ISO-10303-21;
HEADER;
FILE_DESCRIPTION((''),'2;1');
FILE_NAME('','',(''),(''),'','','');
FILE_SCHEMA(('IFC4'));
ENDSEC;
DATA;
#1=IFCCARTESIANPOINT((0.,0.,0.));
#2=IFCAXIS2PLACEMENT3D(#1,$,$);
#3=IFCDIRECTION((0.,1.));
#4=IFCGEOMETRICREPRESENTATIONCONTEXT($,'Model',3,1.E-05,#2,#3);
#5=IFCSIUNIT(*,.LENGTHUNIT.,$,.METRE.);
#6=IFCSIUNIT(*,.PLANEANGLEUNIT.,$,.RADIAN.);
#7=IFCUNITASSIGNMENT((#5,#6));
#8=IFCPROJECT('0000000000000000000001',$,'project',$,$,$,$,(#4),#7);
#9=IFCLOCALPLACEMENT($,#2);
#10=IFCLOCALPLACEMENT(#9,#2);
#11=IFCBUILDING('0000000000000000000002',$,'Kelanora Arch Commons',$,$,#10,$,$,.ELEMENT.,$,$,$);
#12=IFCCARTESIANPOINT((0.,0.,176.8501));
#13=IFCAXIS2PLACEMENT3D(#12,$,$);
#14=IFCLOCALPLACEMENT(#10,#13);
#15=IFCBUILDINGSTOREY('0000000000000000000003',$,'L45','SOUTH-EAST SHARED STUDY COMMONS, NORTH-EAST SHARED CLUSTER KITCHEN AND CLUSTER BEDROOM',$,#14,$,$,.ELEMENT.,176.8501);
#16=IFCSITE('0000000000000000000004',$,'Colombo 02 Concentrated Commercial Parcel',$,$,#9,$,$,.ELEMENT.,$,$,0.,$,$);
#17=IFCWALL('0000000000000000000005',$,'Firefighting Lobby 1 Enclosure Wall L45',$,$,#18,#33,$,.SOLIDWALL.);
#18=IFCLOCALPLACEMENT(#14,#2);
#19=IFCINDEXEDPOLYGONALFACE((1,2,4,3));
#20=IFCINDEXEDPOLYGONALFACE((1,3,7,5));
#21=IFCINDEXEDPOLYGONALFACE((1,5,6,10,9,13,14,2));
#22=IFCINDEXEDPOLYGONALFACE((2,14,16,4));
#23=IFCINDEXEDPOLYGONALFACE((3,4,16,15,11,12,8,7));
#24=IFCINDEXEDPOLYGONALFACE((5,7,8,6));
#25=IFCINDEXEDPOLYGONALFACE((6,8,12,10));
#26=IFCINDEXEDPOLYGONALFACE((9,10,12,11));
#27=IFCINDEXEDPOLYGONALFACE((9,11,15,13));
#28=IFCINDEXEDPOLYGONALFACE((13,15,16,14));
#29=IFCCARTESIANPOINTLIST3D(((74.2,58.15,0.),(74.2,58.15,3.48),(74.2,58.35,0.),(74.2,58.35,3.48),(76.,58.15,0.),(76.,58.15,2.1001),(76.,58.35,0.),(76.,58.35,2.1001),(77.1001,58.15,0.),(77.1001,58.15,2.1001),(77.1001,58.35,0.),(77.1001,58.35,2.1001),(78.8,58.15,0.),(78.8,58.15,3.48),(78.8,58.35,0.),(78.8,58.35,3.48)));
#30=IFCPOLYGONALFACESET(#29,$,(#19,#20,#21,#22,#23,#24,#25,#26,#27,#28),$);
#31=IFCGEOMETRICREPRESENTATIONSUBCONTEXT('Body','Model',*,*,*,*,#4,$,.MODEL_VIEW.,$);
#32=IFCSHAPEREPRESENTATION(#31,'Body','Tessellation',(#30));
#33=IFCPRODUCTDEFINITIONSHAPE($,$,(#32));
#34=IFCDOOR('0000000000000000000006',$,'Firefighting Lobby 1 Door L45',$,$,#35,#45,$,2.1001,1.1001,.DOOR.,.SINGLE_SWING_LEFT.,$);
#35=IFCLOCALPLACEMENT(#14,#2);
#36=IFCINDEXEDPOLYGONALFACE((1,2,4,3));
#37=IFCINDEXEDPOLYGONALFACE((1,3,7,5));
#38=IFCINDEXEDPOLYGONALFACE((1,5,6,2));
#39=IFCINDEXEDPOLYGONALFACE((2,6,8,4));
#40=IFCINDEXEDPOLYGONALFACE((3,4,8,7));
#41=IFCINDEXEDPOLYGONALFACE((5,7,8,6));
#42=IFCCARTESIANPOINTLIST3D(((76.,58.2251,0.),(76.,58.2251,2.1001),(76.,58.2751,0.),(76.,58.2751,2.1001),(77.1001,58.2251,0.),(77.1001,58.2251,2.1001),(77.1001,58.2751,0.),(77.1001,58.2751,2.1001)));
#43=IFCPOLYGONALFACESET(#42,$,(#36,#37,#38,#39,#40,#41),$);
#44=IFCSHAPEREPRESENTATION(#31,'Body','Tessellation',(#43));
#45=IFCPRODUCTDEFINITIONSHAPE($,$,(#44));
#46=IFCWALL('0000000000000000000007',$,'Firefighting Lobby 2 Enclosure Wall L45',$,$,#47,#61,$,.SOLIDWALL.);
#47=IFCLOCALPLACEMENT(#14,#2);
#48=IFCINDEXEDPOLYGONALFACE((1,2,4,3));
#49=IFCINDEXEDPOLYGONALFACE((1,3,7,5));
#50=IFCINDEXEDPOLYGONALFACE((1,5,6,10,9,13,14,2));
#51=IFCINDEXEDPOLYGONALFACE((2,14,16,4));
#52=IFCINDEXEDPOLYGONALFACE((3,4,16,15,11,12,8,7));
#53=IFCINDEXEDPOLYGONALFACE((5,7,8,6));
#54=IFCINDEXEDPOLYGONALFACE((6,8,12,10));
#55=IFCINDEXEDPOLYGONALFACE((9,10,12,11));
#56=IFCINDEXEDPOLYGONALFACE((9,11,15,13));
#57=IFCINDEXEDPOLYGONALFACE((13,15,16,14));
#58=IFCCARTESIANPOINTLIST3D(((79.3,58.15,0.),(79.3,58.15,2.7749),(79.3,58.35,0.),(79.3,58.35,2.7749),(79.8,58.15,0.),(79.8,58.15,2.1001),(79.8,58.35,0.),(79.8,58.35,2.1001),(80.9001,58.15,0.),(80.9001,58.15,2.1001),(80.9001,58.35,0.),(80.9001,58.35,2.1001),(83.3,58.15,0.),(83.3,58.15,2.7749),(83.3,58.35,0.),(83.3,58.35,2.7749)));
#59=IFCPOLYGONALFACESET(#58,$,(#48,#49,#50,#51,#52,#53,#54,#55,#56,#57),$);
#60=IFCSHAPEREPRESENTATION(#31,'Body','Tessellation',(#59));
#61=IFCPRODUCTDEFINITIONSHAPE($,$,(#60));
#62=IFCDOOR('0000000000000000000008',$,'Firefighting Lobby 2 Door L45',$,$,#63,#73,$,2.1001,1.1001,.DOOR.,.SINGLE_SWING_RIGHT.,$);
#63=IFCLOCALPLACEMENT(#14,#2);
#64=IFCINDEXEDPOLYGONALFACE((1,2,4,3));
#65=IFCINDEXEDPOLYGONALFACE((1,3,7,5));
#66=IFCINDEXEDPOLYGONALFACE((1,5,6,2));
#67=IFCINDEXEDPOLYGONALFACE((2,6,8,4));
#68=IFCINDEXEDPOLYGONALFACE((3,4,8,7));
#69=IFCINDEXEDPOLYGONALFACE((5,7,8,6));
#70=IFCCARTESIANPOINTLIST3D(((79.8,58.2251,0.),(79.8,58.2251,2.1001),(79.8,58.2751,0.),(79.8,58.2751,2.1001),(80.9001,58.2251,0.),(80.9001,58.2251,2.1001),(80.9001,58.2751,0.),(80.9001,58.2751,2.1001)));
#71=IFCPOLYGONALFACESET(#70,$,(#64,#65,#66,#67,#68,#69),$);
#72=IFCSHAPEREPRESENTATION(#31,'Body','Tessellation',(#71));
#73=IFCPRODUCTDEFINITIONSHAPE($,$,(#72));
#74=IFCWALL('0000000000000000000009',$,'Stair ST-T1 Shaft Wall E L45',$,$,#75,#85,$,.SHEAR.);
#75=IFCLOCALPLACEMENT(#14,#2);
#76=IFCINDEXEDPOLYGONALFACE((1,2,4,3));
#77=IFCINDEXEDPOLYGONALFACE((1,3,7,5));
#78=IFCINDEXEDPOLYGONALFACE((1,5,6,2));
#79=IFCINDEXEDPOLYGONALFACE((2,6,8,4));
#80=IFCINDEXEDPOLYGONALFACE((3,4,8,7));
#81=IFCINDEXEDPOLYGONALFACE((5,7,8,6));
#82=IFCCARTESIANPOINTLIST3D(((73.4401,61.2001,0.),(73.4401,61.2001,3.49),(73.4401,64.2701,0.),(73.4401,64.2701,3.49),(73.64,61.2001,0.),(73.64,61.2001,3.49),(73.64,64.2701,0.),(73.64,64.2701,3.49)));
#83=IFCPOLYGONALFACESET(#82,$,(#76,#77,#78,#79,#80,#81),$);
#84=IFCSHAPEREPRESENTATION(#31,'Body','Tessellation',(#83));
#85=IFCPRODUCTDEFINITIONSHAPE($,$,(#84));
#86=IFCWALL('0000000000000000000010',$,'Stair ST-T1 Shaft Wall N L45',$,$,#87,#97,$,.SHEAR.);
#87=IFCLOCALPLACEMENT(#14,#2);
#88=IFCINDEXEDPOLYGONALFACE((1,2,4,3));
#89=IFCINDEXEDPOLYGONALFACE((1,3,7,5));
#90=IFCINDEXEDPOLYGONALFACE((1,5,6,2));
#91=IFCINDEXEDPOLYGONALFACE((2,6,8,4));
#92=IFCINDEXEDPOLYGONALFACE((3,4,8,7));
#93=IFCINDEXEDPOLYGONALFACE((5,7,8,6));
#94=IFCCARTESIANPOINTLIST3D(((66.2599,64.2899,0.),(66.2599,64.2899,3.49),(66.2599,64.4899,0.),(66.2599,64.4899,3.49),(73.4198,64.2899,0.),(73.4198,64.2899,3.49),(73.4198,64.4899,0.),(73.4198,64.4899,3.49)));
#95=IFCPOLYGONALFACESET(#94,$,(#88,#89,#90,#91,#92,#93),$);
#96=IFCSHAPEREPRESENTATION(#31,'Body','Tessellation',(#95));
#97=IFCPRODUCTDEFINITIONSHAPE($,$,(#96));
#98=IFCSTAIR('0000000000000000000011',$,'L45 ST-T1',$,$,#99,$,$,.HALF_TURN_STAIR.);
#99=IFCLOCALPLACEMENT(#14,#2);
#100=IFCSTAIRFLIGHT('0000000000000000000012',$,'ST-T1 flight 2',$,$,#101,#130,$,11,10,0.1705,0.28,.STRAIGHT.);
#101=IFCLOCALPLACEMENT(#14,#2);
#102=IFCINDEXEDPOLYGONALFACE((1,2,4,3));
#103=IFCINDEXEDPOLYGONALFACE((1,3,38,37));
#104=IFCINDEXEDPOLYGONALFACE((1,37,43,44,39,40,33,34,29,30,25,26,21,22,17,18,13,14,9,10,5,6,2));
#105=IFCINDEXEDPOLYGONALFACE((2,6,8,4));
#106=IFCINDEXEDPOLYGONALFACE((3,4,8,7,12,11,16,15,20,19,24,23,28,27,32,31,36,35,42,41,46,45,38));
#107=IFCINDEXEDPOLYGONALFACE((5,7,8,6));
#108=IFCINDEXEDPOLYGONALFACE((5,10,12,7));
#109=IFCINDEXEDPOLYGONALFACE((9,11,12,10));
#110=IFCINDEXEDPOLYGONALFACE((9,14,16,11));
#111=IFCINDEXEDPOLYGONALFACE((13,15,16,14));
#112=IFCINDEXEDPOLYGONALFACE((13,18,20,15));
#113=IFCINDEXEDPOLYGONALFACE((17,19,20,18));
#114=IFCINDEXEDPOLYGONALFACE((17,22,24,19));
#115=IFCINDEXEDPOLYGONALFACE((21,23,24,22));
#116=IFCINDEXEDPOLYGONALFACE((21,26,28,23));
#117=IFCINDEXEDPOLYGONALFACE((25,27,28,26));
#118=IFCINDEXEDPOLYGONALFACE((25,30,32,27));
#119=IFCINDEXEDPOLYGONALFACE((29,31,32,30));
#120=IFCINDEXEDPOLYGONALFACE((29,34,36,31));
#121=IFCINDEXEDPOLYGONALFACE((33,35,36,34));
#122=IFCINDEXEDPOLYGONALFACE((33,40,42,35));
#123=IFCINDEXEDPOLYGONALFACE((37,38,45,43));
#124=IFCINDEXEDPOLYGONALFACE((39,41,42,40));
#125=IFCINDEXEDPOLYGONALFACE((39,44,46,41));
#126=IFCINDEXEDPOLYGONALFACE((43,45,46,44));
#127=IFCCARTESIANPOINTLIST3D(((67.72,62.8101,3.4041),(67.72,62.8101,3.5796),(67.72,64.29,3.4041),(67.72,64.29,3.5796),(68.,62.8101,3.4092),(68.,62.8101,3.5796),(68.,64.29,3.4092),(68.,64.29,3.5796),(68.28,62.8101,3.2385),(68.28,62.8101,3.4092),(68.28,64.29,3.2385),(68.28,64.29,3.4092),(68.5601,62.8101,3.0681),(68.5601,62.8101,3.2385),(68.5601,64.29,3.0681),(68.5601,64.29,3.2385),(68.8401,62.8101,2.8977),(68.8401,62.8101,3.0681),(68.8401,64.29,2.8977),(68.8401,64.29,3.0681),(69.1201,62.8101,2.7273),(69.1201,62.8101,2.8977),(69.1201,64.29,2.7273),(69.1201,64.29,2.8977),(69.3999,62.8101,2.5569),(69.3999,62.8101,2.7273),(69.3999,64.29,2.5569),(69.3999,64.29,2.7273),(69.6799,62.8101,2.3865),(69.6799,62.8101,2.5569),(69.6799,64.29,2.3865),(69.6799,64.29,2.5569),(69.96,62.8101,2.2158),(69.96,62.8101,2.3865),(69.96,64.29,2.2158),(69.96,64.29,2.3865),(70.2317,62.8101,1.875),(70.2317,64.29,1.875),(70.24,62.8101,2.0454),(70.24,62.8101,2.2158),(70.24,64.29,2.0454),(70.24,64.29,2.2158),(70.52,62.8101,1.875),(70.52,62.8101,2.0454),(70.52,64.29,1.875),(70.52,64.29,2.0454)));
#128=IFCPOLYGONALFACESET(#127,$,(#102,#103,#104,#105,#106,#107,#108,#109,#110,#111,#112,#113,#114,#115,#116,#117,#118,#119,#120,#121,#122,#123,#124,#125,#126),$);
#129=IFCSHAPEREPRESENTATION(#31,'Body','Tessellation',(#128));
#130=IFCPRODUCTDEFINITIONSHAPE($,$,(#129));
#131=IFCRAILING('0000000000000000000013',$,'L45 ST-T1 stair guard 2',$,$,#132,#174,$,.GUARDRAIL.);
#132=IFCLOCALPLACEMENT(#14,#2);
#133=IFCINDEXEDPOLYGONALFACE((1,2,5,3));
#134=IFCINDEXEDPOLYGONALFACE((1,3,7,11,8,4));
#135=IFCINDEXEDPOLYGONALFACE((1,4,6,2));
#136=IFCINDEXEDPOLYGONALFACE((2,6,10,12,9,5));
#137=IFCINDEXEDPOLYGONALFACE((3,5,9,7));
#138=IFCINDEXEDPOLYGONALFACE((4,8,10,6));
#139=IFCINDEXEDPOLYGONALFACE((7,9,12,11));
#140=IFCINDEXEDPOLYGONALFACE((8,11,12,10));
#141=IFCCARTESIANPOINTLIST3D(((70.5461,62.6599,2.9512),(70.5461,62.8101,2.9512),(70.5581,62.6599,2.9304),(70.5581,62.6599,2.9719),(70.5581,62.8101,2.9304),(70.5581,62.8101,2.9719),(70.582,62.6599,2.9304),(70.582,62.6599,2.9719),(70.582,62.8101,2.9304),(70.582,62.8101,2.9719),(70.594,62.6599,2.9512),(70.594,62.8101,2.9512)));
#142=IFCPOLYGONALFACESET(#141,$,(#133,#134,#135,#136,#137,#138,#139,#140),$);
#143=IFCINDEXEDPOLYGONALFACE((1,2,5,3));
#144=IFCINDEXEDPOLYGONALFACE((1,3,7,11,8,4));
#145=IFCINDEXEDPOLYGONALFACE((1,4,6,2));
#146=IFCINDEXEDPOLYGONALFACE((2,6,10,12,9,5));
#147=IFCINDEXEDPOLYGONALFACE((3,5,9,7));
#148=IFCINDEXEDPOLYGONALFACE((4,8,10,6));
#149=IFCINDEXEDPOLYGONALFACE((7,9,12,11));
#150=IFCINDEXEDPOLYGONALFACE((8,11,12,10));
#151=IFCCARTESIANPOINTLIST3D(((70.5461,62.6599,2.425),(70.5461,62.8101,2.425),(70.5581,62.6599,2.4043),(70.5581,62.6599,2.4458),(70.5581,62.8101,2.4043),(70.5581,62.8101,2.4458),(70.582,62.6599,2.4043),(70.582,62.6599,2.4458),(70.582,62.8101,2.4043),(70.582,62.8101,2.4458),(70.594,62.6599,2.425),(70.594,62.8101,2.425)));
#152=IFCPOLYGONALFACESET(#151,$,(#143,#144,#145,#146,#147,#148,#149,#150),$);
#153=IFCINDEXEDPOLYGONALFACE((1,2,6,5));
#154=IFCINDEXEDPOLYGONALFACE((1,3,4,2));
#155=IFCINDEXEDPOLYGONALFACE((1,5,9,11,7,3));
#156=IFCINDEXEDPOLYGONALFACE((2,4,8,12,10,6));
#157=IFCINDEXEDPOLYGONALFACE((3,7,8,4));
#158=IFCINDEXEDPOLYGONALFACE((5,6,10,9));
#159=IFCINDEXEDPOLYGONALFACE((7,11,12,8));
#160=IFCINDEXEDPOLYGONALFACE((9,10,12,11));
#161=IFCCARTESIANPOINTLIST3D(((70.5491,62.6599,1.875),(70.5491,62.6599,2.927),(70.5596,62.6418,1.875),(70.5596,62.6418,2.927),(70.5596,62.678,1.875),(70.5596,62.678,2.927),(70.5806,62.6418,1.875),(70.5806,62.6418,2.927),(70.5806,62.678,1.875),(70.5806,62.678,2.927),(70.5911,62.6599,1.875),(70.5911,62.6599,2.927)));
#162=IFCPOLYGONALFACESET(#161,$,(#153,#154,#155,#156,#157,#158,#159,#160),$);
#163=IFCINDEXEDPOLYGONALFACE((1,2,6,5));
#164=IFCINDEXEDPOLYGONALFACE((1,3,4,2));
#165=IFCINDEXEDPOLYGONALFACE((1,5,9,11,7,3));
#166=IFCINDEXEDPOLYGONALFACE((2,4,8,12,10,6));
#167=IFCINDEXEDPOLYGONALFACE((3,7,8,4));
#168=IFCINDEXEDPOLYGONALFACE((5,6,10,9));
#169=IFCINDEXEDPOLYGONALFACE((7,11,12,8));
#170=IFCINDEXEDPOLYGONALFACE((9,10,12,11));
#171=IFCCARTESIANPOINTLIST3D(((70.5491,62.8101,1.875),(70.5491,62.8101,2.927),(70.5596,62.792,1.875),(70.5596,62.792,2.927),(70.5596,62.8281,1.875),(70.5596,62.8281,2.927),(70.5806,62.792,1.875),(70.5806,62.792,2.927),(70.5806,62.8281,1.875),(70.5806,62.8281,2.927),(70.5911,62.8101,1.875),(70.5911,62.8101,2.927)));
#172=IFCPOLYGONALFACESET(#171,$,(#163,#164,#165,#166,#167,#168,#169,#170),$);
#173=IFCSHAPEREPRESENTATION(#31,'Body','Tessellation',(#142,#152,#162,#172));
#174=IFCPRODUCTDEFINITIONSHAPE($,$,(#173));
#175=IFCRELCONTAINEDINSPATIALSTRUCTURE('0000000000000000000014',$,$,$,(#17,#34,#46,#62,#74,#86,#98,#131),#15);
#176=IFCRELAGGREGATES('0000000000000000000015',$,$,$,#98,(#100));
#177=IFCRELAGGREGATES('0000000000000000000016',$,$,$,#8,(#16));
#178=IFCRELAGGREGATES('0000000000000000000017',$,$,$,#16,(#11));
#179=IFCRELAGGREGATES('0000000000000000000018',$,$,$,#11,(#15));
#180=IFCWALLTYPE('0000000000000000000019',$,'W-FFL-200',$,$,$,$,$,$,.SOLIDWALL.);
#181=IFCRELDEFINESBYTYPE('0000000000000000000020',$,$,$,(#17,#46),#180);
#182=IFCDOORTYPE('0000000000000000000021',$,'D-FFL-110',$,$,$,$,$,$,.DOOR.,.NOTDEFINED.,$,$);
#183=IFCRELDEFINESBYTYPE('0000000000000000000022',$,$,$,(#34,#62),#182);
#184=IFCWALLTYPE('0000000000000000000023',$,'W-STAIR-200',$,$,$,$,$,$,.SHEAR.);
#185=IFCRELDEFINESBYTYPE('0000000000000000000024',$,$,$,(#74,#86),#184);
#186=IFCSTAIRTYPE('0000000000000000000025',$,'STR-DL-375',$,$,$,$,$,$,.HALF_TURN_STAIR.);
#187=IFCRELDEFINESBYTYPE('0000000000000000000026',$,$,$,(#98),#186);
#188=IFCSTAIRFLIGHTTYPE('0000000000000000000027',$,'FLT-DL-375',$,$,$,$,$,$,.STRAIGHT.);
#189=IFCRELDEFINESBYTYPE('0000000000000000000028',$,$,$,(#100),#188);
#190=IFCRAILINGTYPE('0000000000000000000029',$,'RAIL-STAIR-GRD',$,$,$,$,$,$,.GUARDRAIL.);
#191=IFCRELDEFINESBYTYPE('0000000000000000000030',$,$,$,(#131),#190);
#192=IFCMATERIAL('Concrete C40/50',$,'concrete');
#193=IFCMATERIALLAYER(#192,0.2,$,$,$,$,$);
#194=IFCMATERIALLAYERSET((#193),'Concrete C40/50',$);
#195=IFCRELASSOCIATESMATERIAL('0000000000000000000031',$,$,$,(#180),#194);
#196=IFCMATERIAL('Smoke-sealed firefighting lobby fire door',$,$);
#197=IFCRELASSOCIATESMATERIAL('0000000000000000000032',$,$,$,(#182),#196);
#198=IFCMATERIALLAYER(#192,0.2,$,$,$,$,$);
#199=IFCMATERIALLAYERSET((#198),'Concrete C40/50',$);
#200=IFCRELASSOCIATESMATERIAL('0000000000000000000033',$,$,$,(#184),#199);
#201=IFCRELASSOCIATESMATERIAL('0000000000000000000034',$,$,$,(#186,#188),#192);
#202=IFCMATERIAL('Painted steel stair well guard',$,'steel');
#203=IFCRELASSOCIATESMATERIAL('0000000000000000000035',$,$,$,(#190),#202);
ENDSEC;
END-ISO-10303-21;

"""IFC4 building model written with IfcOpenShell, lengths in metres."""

from ifc_helpers import new_model, si_unit, direction, frame, frame_2d, origin, place, context, subcontext, project, spatial, polyline, rectangle, outline, extrude, material, layer, layer_set, type_object, element, fill, aggregate, save


model = new_model("IFC4")

# Units and contexts
model_context = context("Model", 3, precision=1e-05, world=origin(), true_north=direction((0.0, 1.0)))
body_context = subcontext(model_context, "Body", "Model", "MODEL_VIEW")
ifc_project = project(units=[si_unit("LENGTHUNIT", "METRE"), si_unit("PLANEANGLEUNIT", "RADIAN")], contexts=[model_context])

# Site, building, storey
site_placement = place(None, origin())
site = spatial("IfcSite", under=ifc_project, at=site_placement, Name="Colombo 02 Concentrated Commercial Parcel", CompositionType="ELEMENT", RefElevation=0.0)
building_placement = place(site_placement, origin())
building = spatial("IfcBuilding", under=site, at=building_placement, Name="Kelanora Arch Commons", CompositionType="ELEMENT")
storey_placement = place(building_placement, frame((0.0, 0.0, 176.8501)))
storey = spatial("IfcBuildingStorey", under=building, at=storey_placement, Name="L45", Description="SOUTH-EAST SHARED STUDY COMMONS, NORTH-EAST SHARED CLUSTER KITCHEN AND CLUSTER BEDROOM", CompositionType="ELEMENT", Elevation=176.8501)

# Walls, openings, doors
ifc_material_1 = material(Name="Concrete C40/50", Category="concrete")
ifc_layer_1 = layer(ifc_material_1, 0.2)
ifc_layer_set_1 = layer_set([ifc_layer_1], Name="Concrete C40/50")
wall_type_1 = type_object("IfcWallType", Name="W-FFL-200", PredefinedType="SOLIDWALL", material=ifc_layer_set_1)
wall_1_placement = place(storey_placement, frame((74.2, 58.25, 0.0), z_axis=(0.0, 0.0, 1.0), x_axis=(1.0, 0.0, 0.0)))
wall_1 = element("IfcWall", 1, at=wall_1_placement, inside=storey, type_object=wall_type_1, Name="Firefighting Lobby 1 Enclosure Wall L45", PredefinedType="SOLIDWALL", context=body_context, shape_type="SweptSolid", body=[
    extrude(rectangle(XDim=4.6001, YDim=0.2, at=frame_2d((2.3, 0.0))), origin(), (0.0, 0.0, 1.0), 3.48),
])
opening_1_placement = place(wall_1_placement, frame((1.8, 0.0, 0.0)))
opening_1 = element("IfcOpeningElement", 2, at=opening_1_placement, cuts=wall_1, PredefinedType="OPENING", context=body_context, shape_type="SweptSolid", body=[
    extrude(rectangle(XDim=1.1001, YDim=2.1001, at=frame_2d((0.55, 1.05))), frame((0.0, 0.1099, 0.0), z_axis=(0.0, -1.0, 0.0), x_axis=(1.0, 0.0, 0.0)), (0.0, 0.0, 1.0), 0.22),
])
ifc_material_2 = material(Name="Smoke-sealed firefighting lobby fire door")
door_type_1 = type_object("IfcDoorType", Name="D-FFL-110", OperationType="NOTDEFINED", PredefinedType="DOOR", material=ifc_material_2)
door_1_placement = place(opening_1_placement, frame((1.1001, 0.0, 0.0), z_axis=(0.0, 0.0, 1.0), x_axis=(-1.0, 0.0, 0.0)))
door_1 = element("IfcDoor", 3, at=door_1_placement, inside=storey, type_object=door_type_1, Name="Firefighting Lobby 1 Door L45", OperationType="SINGLE_SWING_LEFT", OverallHeight=2.1001, OverallWidth=1.1001, PredefinedType="DOOR", context=body_context, shape_type="SweptSolid", body=[
    extrude(rectangle(XDim=1.1001, YDim=2.1001, at=frame_2d((0.55, 1.05))), frame((0.0, 0.0249, 0.0), z_axis=(0.0, -1.0, 0.0), x_axis=(1.0, 0.0, 0.0)), (0.0, 0.0, 1.0), 0.05),
])
fill(opening_1, door_1)
wall_2_placement = place(storey_placement, frame((79.3, 58.25, 0.0), z_axis=(0.0, 0.0, 1.0), x_axis=(1.0, 0.0, 0.0)))
wall_2 = element("IfcWall", 4, at=wall_2_placement, inside=storey, type_object=wall_type_1, Name="Firefighting Lobby 2 Enclosure Wall L45", PredefinedType="SOLIDWALL", context=body_context, shape_type="SweptSolid", body=[
    extrude(rectangle(XDim=4.0, YDim=0.2, at=frame_2d((2.0, 0.0))), origin(), (0.0, 0.0, 1.0), 2.7749),
])
opening_2_placement = place(wall_2_placement, frame((0.5, 0.0, 0.0)))
opening_2 = element("IfcOpeningElement", 5, at=opening_2_placement, cuts=wall_2, PredefinedType="OPENING", context=body_context, shape_type="SweptSolid", body=[
    extrude(rectangle(XDim=1.1001, YDim=2.1001, at=frame_2d((0.55, 1.05))), frame((0.0, 0.1099, 0.0), z_axis=(0.0, -1.0, 0.0), x_axis=(1.0, 0.0, 0.0)), (0.0, 0.0, 1.0), 0.22),
])
door_2_placement = place(opening_2_placement, frame((1.1001, 0.0, 0.0), z_axis=(0.0, 0.0, 1.0), x_axis=(-1.0, 0.0, 0.0)))
door_2 = element("IfcDoor", 6, at=door_2_placement, inside=storey, type_object=door_type_1, Name="Firefighting Lobby 2 Door L45", OperationType="SINGLE_SWING_RIGHT", OverallHeight=2.1001, OverallWidth=1.1001, PredefinedType="DOOR", context=body_context, shape_type="SweptSolid", body=[
    extrude(rectangle(XDim=1.1001, YDim=2.1001, at=frame_2d((0.55, 1.05))), frame((0.0, 0.0249, 0.0), z_axis=(0.0, -1.0, 0.0), x_axis=(1.0, 0.0, 0.0)), (0.0, 0.0, 1.0), 0.05),
])
fill(opening_2, door_2)

# Walls
ifc_layer_2 = layer(ifc_material_1, 0.2)
ifc_layer_set_2 = layer_set([ifc_layer_2], Name="Concrete C40/50")
wall_type_2 = type_object("IfcWallType", Name="W-STAIR-200", PredefinedType="SHEAR", material=ifc_layer_set_2)
wall_3_placement = place(storey_placement, frame((73.54, 61.2, 0.0), z_axis=(0.0, 0.0, 1.0), x_axis=(0.0, 1.0, 0.0)))
element("IfcWall", 7, at=wall_3_placement, inside=storey, type_object=wall_type_2, Name="Stair ST-T1 Shaft Wall E L45", PredefinedType="SHEAR", context=body_context, shape_type="SweptSolid", body=[
    extrude(rectangle(XDim=3.0701, YDim=0.2, at=frame_2d((1.5352, 0.0))), origin(), (0.0, 0.0, 1.0), 3.49),
])
wall_4_placement = place(storey_placement, frame((73.4199, 64.3899, 0.0), z_axis=(0.0, 0.0, 1.0), x_axis=(-1.0, 0.0, 0.0)))
element("IfcWall", 8, at=wall_4_placement, inside=storey, type_object=wall_type_2, Name="Stair ST-T1 Shaft Wall N L45", PredefinedType="SHEAR", context=body_context, shape_type="SweptSolid", body=[
    extrude(rectangle(XDim=7.1599, YDim=0.2, at=frame_2d((3.5801, 0.0))), origin(), (0.0, 0.0, 1.0), 3.49),
])

# Stair, stair flight
stair_type = type_object("IfcStairType", Name="STR-DL-375", PredefinedType="HALF_TURN_STAIR", material=ifc_material_1)
stair_placement = place(storey_placement, origin())
stair = element("IfcStair", 9, at=stair_placement, inside=storey, type_object=stair_type, Name="L45 ST-T1", PredefinedType="HALF_TURN_STAIR")
stair_flight_type = type_object("IfcStairFlightType", Name="FLT-DL-375", PredefinedType="STRAIGHT", material=ifc_material_1)
stair_flight_placement = place(storey_placement, frame((70.52, 63.55, 1.875), z_axis=(0.0, 0.0, 1.0), x_axis=(-1.0, 0.0, 0.0)))
stair_flight = element("IfcStairFlight", 10, at=stair_flight_placement, type_object=stair_flight_type, Name="ST-T1 flight 2", NumberOfRisers=11, NumberOfTreads=10, PredefinedType="STRAIGHT", RiserHeight=0.1705, TreadLength=0.28, context=body_context, shape_type="SweptSolid", body=[
    extrude(outline(polyline([(0.0, 0.0), (0.0, 0.1704), (0.28, 0.1704), (0.28, 0.3408), (0.5601, 0.3408), (0.5601, 0.5115), (0.8401, 0.5115), (0.8401, 0.6819), (1.1201, 0.6819), (1.1201, 0.8523), (1.3999, 0.8523), (1.3999, 1.0227), (1.6799, 1.0227), (1.6799, 1.1931), (1.96, 1.1931), (1.96, 1.3635), (2.24, 1.3635), (2.24, 1.5342), (2.52, 1.5342), (2.52, 1.7046), (2.8, 1.7046), (2.8, 1.875), (2.8, 1.5291), (0.2883, 0.0), (0.0, 0.0)])), frame((0.0, 0.74, 0.0), z_axis=(0.0, -1.0, 0.0), x_axis=(1.0, 0.0, 0.0)), (0.0, 0.0, 1.0), 1.48),
])
aggregate(stair, [stair_flight])

# Railing
ifc_material_3 = material(Name="Painted steel stair well guard", Category="steel")
railing_type_1 = type_object("IfcRailingType", Name="RAIL-STAIR-GRD", PredefinedType="GUARDRAIL", material=ifc_material_3)
railing_1_placement = place(storey_placement, frame((70.5701, 62.6599, 1.875)))
element("IfcRailing", 11, at=railing_1_placement, inside=storey, type_object=railing_type_1, Name="L45 ST-T1 stair guard 2", PredefinedType="GUARDRAIL", context=body_context, shape_type="SweptSolid", body=[
    extrude(outline(polyline([(0.0239, 0.0), (0.012, 0.0208), (-0.012, 0.0208), (-0.0239, 0.0), (-0.012, -0.0208), (0.012, -0.0208), (0.0239, 0.0)])), frame((0.0, 0.0, 1.0762), z_axis=(0.0, 1.0, 0.0), x_axis=(-1.0, 0.0, 0.0)), (0.0, 0.0, 1.0), 0.1501),
    extrude(outline(polyline([(0.0239, 0.0), (0.012, 0.0208), (-0.012, 0.0208), (-0.0239, 0.0), (-0.012, -0.0208), (0.012, -0.0208), (0.0239, 0.0)])), frame((0.0, 0.0, 0.55), z_axis=(0.0, 1.0, 0.0), x_axis=(-1.0, 0.0, 0.0)), (0.0, 0.0, 1.0), 0.1501),
    extrude(outline(polyline([(0.021, 0.0), (0.0105, 0.0181), (-0.0105, 0.0181), (-0.021, 0.0), (-0.0105, -0.0181), (0.0105, -0.0181), (0.021, 0.0)])), origin(), (0.0, 0.0, 1.0), 1.052),
    extrude(outline(polyline([(0.021, 0.0), (0.0105, 0.0181), (-0.0105, 0.0181), (-0.021, 0.0), (-0.0105, -0.0181), (0.0105, -0.0181), (0.021, 0.0)])), frame((0.0, 0.1501, 0.0)), (0.0, 0.0, 1.0), 1.052),
])

save(model, "model.ifc")
